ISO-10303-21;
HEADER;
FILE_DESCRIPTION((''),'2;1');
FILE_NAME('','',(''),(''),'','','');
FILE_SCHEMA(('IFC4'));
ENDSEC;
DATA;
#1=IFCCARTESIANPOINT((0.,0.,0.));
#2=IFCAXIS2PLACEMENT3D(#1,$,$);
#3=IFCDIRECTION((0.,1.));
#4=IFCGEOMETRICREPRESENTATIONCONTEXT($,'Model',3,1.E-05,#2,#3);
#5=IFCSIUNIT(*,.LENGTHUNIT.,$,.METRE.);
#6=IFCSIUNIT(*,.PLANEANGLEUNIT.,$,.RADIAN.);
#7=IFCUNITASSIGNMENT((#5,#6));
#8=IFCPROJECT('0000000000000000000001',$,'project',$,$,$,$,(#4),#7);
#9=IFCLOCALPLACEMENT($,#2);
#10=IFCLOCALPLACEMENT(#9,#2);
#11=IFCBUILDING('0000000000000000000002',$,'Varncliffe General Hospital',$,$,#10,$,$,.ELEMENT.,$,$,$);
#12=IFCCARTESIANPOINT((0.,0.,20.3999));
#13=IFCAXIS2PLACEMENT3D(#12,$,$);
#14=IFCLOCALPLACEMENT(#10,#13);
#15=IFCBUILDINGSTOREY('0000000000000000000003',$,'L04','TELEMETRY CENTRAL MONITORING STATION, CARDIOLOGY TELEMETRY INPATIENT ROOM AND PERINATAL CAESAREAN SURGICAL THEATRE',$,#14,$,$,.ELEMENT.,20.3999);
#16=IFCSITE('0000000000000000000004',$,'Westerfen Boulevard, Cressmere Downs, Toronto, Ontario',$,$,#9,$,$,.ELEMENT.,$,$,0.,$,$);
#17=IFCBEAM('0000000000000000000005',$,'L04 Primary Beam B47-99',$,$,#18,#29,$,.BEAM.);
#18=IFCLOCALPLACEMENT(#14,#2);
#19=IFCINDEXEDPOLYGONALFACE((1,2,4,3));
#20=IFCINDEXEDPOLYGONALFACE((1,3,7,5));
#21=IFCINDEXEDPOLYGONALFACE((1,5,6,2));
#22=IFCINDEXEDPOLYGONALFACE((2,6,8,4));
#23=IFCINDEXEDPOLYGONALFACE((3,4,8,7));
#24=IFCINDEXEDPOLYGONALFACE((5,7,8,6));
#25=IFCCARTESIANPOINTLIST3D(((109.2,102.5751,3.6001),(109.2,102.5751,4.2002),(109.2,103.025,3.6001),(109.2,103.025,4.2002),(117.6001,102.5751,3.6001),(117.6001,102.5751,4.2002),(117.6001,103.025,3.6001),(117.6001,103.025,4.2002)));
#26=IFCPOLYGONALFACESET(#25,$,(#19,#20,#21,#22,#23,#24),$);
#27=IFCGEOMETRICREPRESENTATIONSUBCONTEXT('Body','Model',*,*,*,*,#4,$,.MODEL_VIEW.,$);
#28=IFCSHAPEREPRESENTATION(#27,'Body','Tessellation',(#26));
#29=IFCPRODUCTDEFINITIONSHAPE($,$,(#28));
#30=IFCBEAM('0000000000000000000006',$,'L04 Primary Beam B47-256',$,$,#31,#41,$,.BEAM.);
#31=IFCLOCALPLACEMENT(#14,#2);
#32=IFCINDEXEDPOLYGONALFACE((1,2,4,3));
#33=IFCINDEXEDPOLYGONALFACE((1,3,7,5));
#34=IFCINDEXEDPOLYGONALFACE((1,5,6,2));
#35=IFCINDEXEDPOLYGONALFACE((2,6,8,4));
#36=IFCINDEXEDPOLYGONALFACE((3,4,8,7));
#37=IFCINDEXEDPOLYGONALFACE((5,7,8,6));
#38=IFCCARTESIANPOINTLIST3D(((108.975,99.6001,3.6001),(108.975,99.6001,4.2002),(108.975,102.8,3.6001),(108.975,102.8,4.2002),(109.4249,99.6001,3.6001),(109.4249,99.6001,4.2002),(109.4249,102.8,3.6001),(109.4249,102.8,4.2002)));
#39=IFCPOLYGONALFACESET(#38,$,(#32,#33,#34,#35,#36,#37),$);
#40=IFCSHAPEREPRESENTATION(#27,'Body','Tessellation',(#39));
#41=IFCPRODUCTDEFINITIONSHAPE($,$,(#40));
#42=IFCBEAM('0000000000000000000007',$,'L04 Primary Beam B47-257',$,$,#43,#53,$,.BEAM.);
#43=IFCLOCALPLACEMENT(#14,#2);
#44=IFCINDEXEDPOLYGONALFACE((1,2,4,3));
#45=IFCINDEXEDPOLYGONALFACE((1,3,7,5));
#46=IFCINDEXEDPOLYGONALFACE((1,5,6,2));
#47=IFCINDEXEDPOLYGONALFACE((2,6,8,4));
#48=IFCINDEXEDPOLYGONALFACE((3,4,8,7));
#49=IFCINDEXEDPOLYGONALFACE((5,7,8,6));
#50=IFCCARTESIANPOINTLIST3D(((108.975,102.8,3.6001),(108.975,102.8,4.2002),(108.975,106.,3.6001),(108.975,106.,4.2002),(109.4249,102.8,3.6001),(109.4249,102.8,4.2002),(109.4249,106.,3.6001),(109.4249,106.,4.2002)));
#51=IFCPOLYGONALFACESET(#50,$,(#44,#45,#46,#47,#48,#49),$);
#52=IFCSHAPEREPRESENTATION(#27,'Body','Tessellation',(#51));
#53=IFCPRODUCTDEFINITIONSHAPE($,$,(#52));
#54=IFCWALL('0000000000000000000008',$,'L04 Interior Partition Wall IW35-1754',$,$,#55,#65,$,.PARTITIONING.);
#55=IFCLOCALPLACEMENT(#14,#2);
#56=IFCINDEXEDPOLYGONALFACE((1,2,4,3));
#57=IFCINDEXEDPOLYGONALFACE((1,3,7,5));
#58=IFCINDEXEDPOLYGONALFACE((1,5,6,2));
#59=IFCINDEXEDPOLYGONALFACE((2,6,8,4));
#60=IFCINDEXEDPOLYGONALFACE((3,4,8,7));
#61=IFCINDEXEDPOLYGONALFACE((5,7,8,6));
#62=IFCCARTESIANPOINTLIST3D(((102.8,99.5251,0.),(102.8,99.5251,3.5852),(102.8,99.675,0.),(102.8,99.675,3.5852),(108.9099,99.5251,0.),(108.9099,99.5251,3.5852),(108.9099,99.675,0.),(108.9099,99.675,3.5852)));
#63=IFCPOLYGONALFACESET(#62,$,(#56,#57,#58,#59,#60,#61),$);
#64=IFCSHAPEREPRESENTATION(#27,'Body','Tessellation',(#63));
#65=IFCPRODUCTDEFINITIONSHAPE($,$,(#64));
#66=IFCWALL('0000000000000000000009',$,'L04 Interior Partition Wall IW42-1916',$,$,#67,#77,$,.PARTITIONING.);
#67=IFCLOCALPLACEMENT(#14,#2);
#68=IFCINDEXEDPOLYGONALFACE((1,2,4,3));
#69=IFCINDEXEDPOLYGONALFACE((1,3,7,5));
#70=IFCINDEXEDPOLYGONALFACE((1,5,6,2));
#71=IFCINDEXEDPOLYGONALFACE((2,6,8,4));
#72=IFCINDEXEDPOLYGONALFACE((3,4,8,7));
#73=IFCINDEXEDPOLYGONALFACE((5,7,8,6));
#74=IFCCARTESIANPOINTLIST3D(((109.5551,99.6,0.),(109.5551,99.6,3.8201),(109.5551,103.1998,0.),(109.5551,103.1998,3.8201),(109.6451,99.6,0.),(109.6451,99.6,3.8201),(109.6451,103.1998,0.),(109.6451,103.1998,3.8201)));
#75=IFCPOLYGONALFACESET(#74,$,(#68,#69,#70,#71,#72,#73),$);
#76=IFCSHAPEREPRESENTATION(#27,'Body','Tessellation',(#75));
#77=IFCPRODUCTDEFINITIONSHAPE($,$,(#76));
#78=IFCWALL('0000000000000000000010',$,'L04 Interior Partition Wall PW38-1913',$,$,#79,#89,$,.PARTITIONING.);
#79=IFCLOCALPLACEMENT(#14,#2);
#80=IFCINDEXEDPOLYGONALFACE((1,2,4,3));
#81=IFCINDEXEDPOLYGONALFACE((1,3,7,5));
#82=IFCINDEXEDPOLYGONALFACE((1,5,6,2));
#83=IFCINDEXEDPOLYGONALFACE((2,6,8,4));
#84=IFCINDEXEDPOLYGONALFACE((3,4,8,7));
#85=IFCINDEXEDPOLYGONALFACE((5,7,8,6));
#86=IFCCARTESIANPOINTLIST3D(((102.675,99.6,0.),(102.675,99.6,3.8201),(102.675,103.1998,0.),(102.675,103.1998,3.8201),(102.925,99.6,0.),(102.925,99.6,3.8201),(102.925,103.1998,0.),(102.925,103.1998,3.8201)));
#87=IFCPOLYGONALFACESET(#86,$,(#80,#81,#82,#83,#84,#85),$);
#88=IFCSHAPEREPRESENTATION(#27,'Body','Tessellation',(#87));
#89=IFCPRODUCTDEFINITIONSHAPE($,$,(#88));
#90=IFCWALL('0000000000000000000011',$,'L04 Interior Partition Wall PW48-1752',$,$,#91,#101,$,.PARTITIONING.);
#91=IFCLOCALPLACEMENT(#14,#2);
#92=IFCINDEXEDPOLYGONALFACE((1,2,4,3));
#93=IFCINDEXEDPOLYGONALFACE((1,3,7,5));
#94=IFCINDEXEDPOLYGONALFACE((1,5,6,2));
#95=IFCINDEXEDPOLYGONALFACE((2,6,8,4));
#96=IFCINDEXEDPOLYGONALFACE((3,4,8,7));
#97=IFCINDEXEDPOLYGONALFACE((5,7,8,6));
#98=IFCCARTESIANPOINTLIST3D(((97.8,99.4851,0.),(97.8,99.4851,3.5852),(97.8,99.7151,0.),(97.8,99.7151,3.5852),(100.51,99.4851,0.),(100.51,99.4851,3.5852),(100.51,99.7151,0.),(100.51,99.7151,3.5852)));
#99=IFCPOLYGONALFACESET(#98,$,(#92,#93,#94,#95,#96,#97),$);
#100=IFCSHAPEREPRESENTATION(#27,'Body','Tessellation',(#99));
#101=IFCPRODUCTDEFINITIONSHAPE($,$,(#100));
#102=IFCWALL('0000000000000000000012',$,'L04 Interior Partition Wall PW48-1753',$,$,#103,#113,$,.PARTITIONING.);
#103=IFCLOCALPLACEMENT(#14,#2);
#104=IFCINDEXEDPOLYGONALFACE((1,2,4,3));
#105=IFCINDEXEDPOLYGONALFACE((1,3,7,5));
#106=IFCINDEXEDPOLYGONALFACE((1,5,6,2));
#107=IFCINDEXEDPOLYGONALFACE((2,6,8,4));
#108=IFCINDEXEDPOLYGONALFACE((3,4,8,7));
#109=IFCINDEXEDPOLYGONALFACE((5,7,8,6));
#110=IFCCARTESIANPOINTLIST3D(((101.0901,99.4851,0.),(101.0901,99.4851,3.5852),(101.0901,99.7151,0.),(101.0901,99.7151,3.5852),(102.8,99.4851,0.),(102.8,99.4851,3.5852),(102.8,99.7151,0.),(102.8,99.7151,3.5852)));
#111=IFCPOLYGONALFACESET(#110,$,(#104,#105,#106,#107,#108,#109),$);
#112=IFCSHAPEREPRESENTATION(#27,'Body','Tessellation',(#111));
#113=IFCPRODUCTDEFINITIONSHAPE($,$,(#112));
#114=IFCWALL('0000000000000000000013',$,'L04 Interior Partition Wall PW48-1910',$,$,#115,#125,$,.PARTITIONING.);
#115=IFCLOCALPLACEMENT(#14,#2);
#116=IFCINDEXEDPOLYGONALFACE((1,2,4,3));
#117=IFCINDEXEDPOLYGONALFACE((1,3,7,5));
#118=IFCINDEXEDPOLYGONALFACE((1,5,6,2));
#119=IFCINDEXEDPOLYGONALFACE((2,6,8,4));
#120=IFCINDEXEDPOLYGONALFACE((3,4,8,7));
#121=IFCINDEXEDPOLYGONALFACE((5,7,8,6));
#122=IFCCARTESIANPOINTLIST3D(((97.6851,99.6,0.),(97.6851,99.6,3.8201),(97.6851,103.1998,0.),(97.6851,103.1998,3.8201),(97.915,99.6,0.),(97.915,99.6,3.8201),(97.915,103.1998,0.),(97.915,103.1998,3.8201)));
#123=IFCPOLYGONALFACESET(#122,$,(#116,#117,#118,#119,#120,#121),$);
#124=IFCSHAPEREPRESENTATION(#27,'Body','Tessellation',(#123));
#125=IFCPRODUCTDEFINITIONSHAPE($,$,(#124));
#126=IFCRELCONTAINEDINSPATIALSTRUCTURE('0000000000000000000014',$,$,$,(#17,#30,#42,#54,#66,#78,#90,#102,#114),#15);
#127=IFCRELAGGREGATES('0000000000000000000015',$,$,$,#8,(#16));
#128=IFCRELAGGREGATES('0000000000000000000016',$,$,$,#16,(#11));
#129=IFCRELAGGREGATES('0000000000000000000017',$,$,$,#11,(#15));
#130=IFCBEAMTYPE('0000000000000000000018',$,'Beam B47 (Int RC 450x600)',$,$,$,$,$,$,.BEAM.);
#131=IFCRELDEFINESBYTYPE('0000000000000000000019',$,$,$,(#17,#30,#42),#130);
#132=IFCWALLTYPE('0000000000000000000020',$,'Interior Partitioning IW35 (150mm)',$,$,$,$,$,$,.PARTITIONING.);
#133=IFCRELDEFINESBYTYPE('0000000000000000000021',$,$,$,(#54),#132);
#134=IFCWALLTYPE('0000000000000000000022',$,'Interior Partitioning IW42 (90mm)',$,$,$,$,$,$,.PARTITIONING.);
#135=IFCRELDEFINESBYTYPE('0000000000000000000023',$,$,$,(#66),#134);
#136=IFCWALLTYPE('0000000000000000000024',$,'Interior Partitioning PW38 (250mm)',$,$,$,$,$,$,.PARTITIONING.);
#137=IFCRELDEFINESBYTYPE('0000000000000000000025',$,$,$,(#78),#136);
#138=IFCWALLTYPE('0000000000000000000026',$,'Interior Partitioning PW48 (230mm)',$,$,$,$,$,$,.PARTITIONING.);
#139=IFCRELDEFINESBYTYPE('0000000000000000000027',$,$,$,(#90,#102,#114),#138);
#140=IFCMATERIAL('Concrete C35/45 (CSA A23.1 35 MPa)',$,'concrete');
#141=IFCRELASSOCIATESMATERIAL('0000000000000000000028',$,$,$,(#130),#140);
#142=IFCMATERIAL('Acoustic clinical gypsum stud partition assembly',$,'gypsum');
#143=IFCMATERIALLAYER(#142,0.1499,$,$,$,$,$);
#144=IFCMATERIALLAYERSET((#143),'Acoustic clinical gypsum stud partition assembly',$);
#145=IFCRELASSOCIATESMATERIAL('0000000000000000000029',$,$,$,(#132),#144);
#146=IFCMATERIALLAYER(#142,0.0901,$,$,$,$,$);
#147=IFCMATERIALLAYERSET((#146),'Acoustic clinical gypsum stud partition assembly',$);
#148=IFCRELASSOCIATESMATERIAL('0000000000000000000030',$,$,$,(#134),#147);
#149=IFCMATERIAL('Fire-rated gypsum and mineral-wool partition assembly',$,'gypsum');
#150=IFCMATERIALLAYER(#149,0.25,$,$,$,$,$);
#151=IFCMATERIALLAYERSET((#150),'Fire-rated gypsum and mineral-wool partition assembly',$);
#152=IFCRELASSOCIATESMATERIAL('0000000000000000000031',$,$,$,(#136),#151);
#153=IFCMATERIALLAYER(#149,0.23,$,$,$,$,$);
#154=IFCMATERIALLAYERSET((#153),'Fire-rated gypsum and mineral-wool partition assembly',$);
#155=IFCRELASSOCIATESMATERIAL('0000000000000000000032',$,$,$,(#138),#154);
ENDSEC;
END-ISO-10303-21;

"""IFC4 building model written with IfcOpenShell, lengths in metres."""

from ifc_helpers import new_model, si_unit, direction, frame, frame_2d, origin, origin_2d, place, context, subcontext, project, spatial, rectangle, extrude, material, layer, layer_set, material_profile, profile_set, type_object, element, save


model = new_model("IFC4")

# Units and contexts
model_context = context("Model", 3, precision=1e-05, world=origin(), true_north=direction((0.0, 1.0)))
body_context = subcontext(model_context, "Body", "Model", "MODEL_VIEW")
ifc_project = project(units=[si_unit("LENGTHUNIT", "METRE"), si_unit("PLANEANGLEUNIT", "RADIAN")], contexts=[model_context])

# Site, building, storey
site_placement = place(None, origin())
site = spatial("IfcSite", under=ifc_project, at=site_placement, Name="Westerfen Boulevard, Cressmere Downs, Toronto, Ontario", CompositionType="ELEMENT", RefElevation=0.0)
building_placement = place(site_placement, origin())
building = spatial("IfcBuilding", under=site, at=building_placement, Name="Varncliffe General Hospital", CompositionType="ELEMENT")
storey_placement = place(building_placement, frame((0.0, 0.0, 20.3999)))
storey = spatial("IfcBuildingStorey", under=building, at=storey_placement, Name="L04", Description="TELEMETRY CENTRAL MONITORING STATION, CARDIOLOGY TELEMETRY INPATIENT ROOM AND PERINATAL CAESAREAN SURGICAL THEATRE", CompositionType="ELEMENT", Elevation=20.3999)

# Beams
ifc_material_1 = material(Name="Concrete C35/45 (CSA A23.1 35 MPa)", Category="concrete")
ifc_material_profile_1 = material_profile(ifc_material_1, rectangle(XDim=0.45, YDim=0.6001, at=origin_2d()), Name="RC 450x600")
ifc_profile_set_1 = profile_set([ifc_material_profile_1], Name="Concrete C35/45 (CSA A23.1 35 MPa)")
beam_type_1 = type_object("IfcBeamType", Name="Beam B47 (Int RC 450x600)", PredefinedType="BEAM", material=ifc_profile_set_1)
beam_1_placement = place(storey_placement, frame((109.2, 102.8, 3.9001), z_axis=(1.0, 0.0, 0.0), x_axis=(0.0, 1.0, 0.0)))
element("IfcBeam", 1, at=beam_1_placement, inside=storey, type_object=beam_type_1, Name="L04 Primary Beam B47-99", PredefinedType="BEAM", context=body_context, shape_type="SweptSolid", body=[
    extrude(rectangle(XDim=0.45, YDim=0.6001, at=origin_2d()), origin(), (0.0, 0.0, 1.0), 8.4001),
])
for number, where, z_axis, x_axis, name in (
    (2, (109.2, 99.6001, 3.9001), (0.0, 1.0, 0.0), (-1.0, 0.0, 0.0), "L04 Primary Beam B47-256"),
    (3, (109.2, 102.8, 3.9001), (0.0, 1.0, 0.0), (-1.0, 0.0, 0.0), "L04 Primary Beam B47-257"),
):
    element("IfcBeam", number, at=place(storey_placement, frame(where, z_axis=z_axis, x_axis=x_axis)), inside=storey, type_object=beam_type_1, Name=name, PredefinedType="BEAM", context=body_context, shape_type="SweptSolid", body=[
        extrude(rectangle(XDim=0.45, YDim=0.6001, at=origin_2d()), origin(), (0.0, 0.0, 1.0), 3.2),
    ])

# Walls
ifc_material_2 = material(Name="Acoustic clinical gypsum stud partition assembly", Category="gypsum")
ifc_layer_1 = layer(ifc_material_2, 0.1499)
ifc_layer_set_1 = layer_set([ifc_layer_1], Name="Acoustic clinical gypsum stud partition assembly")
wall_type_1 = type_object("IfcWallType", Name="Interior Partitioning IW35 (150mm)", PredefinedType="PARTITIONING", material=ifc_layer_set_1)
wall_1_placement = place(storey_placement, frame((102.8, 99.6001, 0.0), z_axis=(0.0, 0.0, 1.0), x_axis=(1.0, 0.0, 0.0)))
element("IfcWall", 4, at=wall_1_placement, inside=storey, type_object=wall_type_1, Name="L04 Interior Partition Wall IW35-1754", PredefinedType="PARTITIONING", context=body_context, shape_type="SweptSolid", body=[
    extrude(rectangle(XDim=6.1099, YDim=0.1499, at=frame_2d((3.0549, 0.0))), origin(), (0.0, 0.0, 1.0), 3.5852),
])
ifc_layer_2 = layer(ifc_material_2, 0.0901)
ifc_layer_set_2 = layer_set([ifc_layer_2], Name="Acoustic clinical gypsum stud partition assembly")
wall_type_2 = type_object("IfcWallType", Name="Interior Partitioning IW42 (90mm)", PredefinedType="PARTITIONING", material=ifc_layer_set_2)
wall_2_placement = place(storey_placement, frame((109.6001, 99.6001, 0.0), z_axis=(0.0, 0.0, 1.0), x_axis=(0.0, 1.0, 0.0)))
element("IfcWall", 5, at=wall_2_placement, inside=storey, type_object=wall_type_2, Name="L04 Interior Partition Wall IW42-1916", PredefinedType="PARTITIONING", context=body_context, shape_type="SweptSolid", body=[
    extrude(rectangle(XDim=3.5999, YDim=0.0901, at=frame_2d((1.7998, 0.0))), origin(), (0.0, 0.0, 1.0), 3.8201),
])

# Shared definitions
ifc_material_3 = material(Name="Fire-rated gypsum and mineral-wool partition assembly", Category="gypsum")
ifc_layer_3 = layer(ifc_material_3, 0.25)
ifc_layer_set_3 = layer_set([ifc_layer_3], Name="Fire-rated gypsum and mineral-wool partition assembly")
wall_type_3 = type_object("IfcWallType", Name="Interior Partitioning PW38 (250mm)", PredefinedType="PARTITIONING", material=ifc_layer_set_3)

# Walls
wall_3_placement = place(storey_placement, frame((102.8, 99.6001, 0.0), z_axis=(0.0, 0.0, 1.0), x_axis=(0.0, 1.0, 0.0)))
element("IfcWall", 6, at=wall_3_placement, inside=storey, type_object=wall_type_3, Name="L04 Interior Partition Wall PW38-1913", PredefinedType="PARTITIONING", context=body_context, shape_type="SweptSolid", body=[
    extrude(rectangle(XDim=3.5999, YDim=0.25, at=frame_2d((1.7998, 0.0))), origin(), (0.0, 0.0, 1.0), 3.8201),
])
ifc_layer_4 = layer(ifc_material_3, 0.23)
ifc_layer_set_4 = layer_set([ifc_layer_4], Name="Fire-rated gypsum and mineral-wool partition assembly")
wall_type_4 = type_object("IfcWallType", Name="Interior Partitioning PW48 (230mm)", PredefinedType="PARTITIONING", material=ifc_layer_set_4)
wall_4_placement = place(storey_placement, frame((97.8, 99.6001, 0.0), z_axis=(0.0, 0.0, 1.0), x_axis=(1.0, 0.0, 0.0)))
element("IfcWall", 7, at=wall_4_placement, inside=storey, type_object=wall_type_4, Name="L04 Interior Partition Wall PW48-1752", PredefinedType="PARTITIONING", context=body_context, shape_type="SweptSolid", body=[
    extrude(rectangle(XDim=2.71, YDim=0.23, at=frame_2d((1.355, 0.0))), origin(), (0.0, 0.0, 1.0), 3.5852),
])
wall_5_placement = place(storey_placement, frame((101.0901, 99.6001, 0.0), z_axis=(0.0, 0.0, 1.0), x_axis=(1.0, 0.0, 0.0)))
element("IfcWall", 8, at=wall_5_placement, inside=storey, type_object=wall_type_4, Name="L04 Interior Partition Wall PW48-1753", PredefinedType="PARTITIONING", context=body_context, shape_type="SweptSolid", body=[
    extrude(rectangle(XDim=1.71, YDim=0.23, at=frame_2d((0.855, 0.0))), origin(), (0.0, 0.0, 1.0), 3.5852),
])
wall_6_placement = place(storey_placement, frame((97.8, 99.6001, 0.0), z_axis=(0.0, 0.0, 1.0), x_axis=(0.0, 1.0, 0.0)))
element("IfcWall", 9, at=wall_6_placement, inside=storey, type_object=wall_type_4, Name="L04 Interior Partition Wall PW48-1910", PredefinedType="PARTITIONING", context=body_context, shape_type="SweptSolid", body=[
    extrude(rectangle(XDim=3.5999, YDim=0.23, at=frame_2d((1.7998, 0.0))), origin(), (0.0, 0.0, 1.0), 3.8201),
])

save(model, "model.ifc")
